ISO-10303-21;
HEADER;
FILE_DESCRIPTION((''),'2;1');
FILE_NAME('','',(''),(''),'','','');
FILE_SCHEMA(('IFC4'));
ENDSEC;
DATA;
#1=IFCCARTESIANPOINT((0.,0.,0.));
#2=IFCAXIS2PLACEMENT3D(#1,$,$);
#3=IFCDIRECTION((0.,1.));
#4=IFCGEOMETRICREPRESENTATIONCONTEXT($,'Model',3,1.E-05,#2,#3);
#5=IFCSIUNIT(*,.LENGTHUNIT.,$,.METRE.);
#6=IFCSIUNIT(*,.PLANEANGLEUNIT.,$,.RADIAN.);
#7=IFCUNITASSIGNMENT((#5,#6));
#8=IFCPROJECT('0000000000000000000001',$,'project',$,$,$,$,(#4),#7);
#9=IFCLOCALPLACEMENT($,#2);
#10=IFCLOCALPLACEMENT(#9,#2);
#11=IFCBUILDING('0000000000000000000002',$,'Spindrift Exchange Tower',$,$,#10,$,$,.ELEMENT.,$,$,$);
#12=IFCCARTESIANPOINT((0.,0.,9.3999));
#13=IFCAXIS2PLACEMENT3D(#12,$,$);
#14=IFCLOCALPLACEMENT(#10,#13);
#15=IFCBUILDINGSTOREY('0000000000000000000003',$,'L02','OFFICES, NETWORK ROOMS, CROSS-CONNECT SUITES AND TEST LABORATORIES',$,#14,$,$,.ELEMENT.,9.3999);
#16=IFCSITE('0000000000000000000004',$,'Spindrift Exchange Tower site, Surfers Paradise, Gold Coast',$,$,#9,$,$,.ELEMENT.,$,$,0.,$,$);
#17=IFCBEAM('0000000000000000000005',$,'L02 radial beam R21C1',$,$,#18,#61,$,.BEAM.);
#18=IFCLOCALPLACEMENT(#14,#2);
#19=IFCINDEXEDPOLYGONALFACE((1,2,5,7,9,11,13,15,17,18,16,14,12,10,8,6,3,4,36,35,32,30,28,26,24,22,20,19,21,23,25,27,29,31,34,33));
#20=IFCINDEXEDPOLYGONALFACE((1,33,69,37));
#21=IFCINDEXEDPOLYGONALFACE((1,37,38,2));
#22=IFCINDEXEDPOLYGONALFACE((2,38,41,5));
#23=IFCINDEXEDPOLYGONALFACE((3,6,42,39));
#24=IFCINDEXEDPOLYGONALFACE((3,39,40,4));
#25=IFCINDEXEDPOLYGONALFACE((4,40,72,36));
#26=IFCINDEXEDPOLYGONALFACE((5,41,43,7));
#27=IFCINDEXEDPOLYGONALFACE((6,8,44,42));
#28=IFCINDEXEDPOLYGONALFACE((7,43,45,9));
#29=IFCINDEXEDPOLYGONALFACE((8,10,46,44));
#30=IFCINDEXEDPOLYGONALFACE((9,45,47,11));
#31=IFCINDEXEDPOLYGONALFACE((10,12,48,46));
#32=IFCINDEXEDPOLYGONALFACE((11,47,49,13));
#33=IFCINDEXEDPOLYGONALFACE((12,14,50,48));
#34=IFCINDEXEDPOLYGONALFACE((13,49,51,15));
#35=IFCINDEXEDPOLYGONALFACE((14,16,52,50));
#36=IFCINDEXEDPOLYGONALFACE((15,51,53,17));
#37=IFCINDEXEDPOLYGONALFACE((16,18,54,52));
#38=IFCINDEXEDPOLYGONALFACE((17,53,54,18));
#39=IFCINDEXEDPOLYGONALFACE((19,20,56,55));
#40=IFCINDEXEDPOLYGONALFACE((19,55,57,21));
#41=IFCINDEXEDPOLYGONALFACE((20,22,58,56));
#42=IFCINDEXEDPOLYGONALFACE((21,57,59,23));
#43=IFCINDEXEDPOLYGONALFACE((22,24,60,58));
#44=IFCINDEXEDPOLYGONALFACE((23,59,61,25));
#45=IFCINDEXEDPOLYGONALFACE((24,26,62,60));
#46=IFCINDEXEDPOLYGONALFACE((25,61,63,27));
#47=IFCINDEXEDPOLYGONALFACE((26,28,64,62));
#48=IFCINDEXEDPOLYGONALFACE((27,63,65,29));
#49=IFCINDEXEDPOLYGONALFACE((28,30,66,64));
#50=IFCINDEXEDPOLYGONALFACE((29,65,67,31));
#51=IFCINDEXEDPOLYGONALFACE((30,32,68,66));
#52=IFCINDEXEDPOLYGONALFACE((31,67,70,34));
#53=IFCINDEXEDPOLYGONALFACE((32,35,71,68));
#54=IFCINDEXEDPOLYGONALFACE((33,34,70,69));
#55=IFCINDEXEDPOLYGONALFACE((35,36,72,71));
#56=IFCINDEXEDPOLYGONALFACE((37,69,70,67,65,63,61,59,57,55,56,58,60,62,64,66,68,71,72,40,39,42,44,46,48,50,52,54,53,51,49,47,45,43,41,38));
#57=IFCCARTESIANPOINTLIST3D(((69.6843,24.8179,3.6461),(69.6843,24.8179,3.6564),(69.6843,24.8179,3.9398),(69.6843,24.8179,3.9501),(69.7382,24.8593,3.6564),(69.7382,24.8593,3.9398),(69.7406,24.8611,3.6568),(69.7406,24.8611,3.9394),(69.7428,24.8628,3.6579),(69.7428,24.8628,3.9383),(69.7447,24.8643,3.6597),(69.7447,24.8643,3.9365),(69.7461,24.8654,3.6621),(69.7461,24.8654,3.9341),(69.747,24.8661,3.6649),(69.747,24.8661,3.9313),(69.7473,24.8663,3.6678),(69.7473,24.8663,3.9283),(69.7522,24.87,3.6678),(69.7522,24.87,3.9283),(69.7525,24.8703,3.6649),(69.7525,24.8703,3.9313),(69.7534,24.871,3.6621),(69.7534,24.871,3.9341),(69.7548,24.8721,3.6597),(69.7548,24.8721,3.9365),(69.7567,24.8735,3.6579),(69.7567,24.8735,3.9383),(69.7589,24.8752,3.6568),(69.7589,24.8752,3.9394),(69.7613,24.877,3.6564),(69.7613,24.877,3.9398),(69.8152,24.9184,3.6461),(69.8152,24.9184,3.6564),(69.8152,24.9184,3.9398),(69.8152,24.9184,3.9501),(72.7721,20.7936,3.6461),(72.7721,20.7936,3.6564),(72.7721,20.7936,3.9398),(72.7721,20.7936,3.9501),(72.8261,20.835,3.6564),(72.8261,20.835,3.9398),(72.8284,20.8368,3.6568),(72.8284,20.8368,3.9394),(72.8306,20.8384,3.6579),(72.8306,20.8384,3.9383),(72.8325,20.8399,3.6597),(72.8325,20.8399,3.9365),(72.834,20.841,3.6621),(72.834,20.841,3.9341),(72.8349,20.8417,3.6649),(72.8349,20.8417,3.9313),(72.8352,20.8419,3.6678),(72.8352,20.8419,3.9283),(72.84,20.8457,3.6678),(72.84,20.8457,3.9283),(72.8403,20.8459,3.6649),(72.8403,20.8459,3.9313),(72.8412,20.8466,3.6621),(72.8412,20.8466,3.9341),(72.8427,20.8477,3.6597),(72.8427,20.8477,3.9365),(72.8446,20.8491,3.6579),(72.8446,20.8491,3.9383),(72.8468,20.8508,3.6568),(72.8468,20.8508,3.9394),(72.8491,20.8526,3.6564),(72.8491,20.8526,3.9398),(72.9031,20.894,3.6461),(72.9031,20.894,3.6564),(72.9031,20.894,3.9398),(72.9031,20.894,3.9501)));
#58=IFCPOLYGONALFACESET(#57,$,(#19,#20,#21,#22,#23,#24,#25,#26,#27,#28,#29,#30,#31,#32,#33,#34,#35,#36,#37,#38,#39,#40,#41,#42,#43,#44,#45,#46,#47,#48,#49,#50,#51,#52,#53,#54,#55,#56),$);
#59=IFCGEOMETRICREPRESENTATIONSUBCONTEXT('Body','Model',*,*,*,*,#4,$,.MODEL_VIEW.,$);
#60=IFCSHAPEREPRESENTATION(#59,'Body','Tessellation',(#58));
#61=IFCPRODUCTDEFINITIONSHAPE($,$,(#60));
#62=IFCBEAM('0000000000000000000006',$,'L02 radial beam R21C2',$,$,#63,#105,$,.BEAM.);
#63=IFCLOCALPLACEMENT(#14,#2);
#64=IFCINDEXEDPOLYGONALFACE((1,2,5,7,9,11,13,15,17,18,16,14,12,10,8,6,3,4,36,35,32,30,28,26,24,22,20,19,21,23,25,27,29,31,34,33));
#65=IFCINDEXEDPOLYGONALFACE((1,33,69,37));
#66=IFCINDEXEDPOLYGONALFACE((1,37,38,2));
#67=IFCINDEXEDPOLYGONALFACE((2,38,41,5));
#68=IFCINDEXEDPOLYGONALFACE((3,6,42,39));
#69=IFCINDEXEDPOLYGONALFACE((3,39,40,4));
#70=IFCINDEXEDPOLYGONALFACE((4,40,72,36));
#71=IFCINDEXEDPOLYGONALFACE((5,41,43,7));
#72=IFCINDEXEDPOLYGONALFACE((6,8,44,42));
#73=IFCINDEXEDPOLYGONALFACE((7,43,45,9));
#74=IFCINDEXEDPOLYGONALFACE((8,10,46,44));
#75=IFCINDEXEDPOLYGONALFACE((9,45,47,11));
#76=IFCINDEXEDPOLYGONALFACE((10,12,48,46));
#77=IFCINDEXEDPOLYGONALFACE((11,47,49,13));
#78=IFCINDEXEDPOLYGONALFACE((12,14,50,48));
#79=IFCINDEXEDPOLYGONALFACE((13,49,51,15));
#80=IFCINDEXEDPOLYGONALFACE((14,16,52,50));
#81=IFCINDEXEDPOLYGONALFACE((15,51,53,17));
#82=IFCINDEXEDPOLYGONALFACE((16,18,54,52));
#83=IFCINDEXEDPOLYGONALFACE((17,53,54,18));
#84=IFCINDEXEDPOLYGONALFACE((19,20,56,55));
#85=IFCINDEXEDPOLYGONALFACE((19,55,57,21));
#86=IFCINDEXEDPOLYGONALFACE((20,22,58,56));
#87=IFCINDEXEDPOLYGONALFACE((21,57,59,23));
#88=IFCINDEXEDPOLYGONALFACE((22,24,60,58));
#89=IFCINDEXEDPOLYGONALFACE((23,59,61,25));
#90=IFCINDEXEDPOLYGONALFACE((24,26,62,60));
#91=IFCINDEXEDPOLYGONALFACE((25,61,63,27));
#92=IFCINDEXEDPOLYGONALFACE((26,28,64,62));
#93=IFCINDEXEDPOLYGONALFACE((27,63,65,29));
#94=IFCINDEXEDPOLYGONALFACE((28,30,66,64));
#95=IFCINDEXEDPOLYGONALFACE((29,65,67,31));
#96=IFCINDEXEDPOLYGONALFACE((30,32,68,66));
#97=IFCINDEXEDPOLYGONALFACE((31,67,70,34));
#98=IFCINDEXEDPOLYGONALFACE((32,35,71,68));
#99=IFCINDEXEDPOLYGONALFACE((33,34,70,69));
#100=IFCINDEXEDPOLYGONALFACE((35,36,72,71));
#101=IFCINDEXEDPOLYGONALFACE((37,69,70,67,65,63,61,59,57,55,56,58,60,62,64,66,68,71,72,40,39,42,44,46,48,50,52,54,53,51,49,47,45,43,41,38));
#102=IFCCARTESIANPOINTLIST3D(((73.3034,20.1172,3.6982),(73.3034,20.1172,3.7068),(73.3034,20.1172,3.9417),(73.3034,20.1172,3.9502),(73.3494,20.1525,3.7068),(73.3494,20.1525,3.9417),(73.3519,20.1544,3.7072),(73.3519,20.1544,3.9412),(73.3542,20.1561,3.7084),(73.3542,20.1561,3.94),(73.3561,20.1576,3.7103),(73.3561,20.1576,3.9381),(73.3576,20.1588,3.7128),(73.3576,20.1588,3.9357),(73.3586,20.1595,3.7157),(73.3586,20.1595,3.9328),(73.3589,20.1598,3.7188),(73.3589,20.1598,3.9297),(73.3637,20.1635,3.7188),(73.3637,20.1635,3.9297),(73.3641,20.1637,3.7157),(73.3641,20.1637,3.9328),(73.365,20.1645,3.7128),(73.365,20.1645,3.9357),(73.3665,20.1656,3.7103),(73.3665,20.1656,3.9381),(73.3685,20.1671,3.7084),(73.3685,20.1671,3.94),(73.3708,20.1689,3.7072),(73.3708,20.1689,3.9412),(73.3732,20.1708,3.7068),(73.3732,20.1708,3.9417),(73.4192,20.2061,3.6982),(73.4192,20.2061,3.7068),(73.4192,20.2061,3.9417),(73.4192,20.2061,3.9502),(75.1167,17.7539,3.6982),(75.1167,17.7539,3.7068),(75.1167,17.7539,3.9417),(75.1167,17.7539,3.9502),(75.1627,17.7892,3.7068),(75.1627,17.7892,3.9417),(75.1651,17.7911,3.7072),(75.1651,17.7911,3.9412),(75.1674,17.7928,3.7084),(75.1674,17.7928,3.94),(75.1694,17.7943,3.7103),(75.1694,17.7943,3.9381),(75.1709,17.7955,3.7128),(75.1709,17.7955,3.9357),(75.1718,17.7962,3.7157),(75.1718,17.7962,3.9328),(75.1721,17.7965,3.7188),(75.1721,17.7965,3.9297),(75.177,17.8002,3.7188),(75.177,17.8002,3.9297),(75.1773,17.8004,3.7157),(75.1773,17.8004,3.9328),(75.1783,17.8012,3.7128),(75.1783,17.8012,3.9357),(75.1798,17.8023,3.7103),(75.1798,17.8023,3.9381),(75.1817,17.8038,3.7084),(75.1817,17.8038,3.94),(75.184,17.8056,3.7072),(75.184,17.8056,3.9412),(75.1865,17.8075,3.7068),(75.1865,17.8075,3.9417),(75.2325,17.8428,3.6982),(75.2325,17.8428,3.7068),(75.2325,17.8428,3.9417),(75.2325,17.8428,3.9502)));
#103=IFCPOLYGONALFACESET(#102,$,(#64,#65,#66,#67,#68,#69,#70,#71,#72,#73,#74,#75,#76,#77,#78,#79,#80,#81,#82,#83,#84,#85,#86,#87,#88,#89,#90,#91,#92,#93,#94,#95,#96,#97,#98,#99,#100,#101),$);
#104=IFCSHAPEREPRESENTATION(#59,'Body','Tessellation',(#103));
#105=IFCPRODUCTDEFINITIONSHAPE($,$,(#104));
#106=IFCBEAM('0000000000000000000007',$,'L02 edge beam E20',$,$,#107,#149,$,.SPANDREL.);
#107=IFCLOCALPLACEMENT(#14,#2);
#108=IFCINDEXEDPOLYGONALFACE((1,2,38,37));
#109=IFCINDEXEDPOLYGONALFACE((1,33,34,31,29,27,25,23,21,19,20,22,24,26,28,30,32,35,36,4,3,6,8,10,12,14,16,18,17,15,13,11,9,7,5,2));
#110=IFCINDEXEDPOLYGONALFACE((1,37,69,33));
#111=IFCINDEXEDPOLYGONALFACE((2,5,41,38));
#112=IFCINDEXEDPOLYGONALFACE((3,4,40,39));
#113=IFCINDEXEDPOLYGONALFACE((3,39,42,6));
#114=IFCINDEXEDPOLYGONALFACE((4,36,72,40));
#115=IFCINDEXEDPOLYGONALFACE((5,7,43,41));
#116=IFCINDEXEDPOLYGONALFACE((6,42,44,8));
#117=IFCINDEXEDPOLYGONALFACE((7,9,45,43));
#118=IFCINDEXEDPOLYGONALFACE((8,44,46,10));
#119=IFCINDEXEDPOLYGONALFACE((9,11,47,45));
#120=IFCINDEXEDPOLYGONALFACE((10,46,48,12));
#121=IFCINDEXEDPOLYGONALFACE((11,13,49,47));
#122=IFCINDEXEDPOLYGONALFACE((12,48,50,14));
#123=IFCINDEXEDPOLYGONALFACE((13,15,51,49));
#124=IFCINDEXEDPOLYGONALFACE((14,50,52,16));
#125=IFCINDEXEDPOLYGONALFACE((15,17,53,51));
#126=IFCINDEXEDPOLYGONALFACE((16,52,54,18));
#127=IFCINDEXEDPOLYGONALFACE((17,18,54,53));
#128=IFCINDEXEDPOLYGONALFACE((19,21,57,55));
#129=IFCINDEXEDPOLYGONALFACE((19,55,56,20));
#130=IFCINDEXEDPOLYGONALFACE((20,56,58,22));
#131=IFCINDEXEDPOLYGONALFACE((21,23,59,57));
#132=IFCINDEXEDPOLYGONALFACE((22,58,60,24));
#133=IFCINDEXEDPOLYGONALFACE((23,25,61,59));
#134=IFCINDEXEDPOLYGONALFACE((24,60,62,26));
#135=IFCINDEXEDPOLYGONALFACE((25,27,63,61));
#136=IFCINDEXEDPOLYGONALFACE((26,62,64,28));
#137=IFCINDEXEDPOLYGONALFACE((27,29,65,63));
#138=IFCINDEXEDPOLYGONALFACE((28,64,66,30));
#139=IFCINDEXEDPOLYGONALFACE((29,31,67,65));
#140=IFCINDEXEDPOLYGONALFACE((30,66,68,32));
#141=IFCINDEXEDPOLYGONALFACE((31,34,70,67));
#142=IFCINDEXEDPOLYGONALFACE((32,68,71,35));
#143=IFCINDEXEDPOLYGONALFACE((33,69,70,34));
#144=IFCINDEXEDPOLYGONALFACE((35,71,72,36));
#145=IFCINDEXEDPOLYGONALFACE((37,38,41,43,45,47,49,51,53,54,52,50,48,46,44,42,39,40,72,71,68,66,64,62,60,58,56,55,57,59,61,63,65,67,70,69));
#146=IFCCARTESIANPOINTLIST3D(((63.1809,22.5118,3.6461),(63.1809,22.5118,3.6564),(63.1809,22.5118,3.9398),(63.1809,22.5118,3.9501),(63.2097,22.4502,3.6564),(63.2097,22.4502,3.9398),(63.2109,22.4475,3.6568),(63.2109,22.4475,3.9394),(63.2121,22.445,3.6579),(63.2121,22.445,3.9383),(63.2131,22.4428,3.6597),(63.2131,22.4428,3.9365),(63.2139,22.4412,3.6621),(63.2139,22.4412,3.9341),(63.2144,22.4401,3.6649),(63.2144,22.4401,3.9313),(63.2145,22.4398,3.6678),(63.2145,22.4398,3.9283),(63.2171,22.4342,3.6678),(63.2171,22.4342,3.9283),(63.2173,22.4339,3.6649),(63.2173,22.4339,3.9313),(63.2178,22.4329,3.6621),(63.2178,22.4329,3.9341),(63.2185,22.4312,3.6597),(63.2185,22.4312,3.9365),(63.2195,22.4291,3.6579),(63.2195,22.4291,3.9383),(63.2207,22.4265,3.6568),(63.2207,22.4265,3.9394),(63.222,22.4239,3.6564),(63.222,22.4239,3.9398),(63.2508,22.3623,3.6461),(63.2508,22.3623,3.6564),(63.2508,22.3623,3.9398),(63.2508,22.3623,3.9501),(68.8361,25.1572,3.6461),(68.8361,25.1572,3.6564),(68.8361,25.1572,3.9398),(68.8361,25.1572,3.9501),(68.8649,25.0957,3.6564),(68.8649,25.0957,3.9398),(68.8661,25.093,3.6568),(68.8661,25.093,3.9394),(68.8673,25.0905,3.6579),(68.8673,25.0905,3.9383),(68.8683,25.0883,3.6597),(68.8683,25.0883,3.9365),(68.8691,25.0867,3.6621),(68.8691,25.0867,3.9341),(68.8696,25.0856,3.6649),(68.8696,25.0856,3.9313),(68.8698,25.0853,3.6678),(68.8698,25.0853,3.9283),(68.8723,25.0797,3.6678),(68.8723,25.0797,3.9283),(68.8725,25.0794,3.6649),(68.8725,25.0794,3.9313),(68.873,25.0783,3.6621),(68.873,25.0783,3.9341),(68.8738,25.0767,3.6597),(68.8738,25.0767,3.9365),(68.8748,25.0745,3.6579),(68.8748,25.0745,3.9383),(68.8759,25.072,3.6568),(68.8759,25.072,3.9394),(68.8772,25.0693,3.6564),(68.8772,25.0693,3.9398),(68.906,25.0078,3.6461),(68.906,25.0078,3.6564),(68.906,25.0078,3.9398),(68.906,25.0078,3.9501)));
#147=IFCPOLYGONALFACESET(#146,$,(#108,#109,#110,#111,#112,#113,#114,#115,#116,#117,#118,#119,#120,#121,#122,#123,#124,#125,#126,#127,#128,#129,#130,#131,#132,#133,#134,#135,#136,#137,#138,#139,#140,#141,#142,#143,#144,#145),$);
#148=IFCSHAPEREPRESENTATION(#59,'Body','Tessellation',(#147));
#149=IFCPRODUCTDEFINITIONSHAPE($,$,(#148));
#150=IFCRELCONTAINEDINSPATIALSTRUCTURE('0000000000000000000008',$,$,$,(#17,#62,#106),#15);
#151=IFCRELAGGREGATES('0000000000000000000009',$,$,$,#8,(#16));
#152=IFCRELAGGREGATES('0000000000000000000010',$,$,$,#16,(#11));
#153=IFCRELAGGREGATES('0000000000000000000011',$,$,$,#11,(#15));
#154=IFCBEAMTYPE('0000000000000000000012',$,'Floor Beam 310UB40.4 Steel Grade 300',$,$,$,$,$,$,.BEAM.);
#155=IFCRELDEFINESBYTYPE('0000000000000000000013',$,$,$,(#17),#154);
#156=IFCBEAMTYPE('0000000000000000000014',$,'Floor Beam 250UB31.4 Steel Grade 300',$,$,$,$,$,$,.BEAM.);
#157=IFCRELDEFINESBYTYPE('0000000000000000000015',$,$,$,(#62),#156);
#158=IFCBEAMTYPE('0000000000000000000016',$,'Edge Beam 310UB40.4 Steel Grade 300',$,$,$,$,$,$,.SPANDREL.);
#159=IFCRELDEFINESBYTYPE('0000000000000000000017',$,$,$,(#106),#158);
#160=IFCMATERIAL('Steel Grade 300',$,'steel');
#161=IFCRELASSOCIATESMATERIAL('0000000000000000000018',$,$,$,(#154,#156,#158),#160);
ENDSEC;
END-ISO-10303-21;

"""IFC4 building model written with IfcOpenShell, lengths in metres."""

from ifc_helpers import new_model, si_unit, direction, frame, origin, origin_2d, place, context, subcontext, project, spatial, i_section, extrude, source, transform, mapped, material, material_profile, profile_set, type_object, element, save


model = new_model("IFC4")

# Units and contexts
model_context = context("Model", 3, precision=1e-05, world=origin(), true_north=direction((0.0, 1.0)))
body_context = subcontext(model_context, "Body", "Model", "MODEL_VIEW")
ifc_project = project(units=[si_unit("LENGTHUNIT", "METRE"), si_unit("PLANEANGLEUNIT", "RADIAN")], contexts=[model_context])

# Site, building, storey
site_placement = place(None, origin())
site = spatial("IfcSite", under=ifc_project, at=site_placement, Name="Spindrift Exchange Tower site, Surfers Paradise, Gold Coast", CompositionType="ELEMENT", RefElevation=0.0)
building_placement = place(site_placement, origin())
building = spatial("IfcBuilding", under=site, at=building_placement, Name="Spindrift Exchange Tower", CompositionType="ELEMENT")
storey_placement = place(building_placement, frame((0.0, 0.0, 9.3999)))
storey = spatial("IfcBuildingStorey", under=building, at=storey_placement, Name="L02", Description="OFFICES, NETWORK ROOMS, CROSS-CONNECT SUITES AND TEST LABORATORIES", CompositionType="ELEMENT", Elevation=9.3999)

# Beams
ifc_material_1 = material(Name="Steel Grade 300", Category="steel")
ifc_material_profile_1 = material_profile(ifc_material_1, i_section(OverallWidth=0.165, OverallDepth=0.304, WebThickness=0.0061, FlangeThickness=0.0103, FilletRadius=0.0115, at=origin_2d()), Name="310UB40.4")
ifc_profile_set_1 = profile_set([ifc_material_profile_1], Name="Steel Grade 300")
beam_type_1 = type_object("IfcBeamType", Name="Floor Beam 310UB40.4 Steel Grade 300", PredefinedType="BEAM", material=ifc_profile_set_1)
shared_shape_1 = source(origin(), body_context, "Body", "SweptSolid", [
    extrude(i_section(OverallWidth=0.165, OverallDepth=0.304, WebThickness=0.0061, FlangeThickness=0.0103, FilletRadius=0.0115, at=origin_2d()), origin(), (0.0, 0.0, 1.0), 5.0725),
])
beam_1_placement = place(storey_placement, frame((69.7498, 24.8682, 3.7981), z_axis=(0.608743, -0.793368, 0.0), x_axis=(0.793368, 0.608743, 0.0)))
element("IfcBeam", 1, at=beam_1_placement, inside=storey, type_object=beam_type_1, Name="L02 radial beam R21C1", PredefinedType="BEAM", context=body_context, shape_type="MappedRepresentation", body=[
    mapped(shared_shape_1, transform((0.0, 0.0, 0.0), scale=1.0)),
])
ifc_material_profile_2 = material_profile(ifc_material_1, i_section(OverallWidth=0.146, OverallDepth=0.252, WebThickness=0.0061, FlangeThickness=0.0085, FilletRadius=0.012, at=origin_2d()), Name="250UB31.4")
ifc_profile_set_2 = profile_set([ifc_material_profile_2], Name="Steel Grade 300")
beam_type_2 = type_object("IfcBeamType", Name="Floor Beam 250UB31.4 Steel Grade 300", PredefinedType="BEAM", material=ifc_profile_set_2)
shared_shape_2 = source(origin(), body_context, "Body", "SweptSolid", [
    extrude(i_section(OverallWidth=0.146, OverallDepth=0.252, WebThickness=0.0061, FlangeThickness=0.0085, FilletRadius=0.012, at=origin_2d()), origin(), (0.0, 0.0, 1.0), 2.9788),
])
beam_2_placement = place(storey_placement, frame((73.3613, 20.1616, 3.8242), z_axis=(0.608724, -0.793382, 0.0), x_axis=(0.793382, 0.608724, 0.0)))
element("IfcBeam", 2, at=beam_2_placement, inside=storey, type_object=beam_type_2, Name="L02 radial beam R21C2", PredefinedType="BEAM", context=body_context, shape_type="MappedRepresentation", body=[
    mapped(shared_shape_2, transform((0.0, 0.0, 0.0), scale=1.0)),
])
ifc_material_profile_3 = material_profile(ifc_material_1, i_section(OverallWidth=0.165, OverallDepth=0.304, WebThickness=0.0061, FlangeThickness=0.0103, FilletRadius=0.0115, at=origin_2d()), Name="310UB40.4")
ifc_profile_set_3 = profile_set([ifc_material_profile_3], Name="Steel Grade 300")
beam_type_3 = type_object("IfcBeamType", Name="Edge Beam 310UB40.4 Steel Grade 300", PredefinedType="SPANDREL", material=ifc_profile_set_3)
shared_shape_3 = source(origin(), body_context, "Body", "SweptSolid", [
    extrude(i_section(OverallWidth=0.165, OverallDepth=0.304, WebThickness=0.0061, FlangeThickness=0.0103, FilletRadius=0.0115, at=origin_2d()), origin(), (0.0, 0.0, 1.0), 6.2434),
])
beam_3_placement = place(storey_placement, frame((63.2158, 22.437, 3.7981), z_axis=(0.905791, 0.423724, 0.0), x_axis=(-0.423724, 0.905791, 0.0)))
element("IfcBeam", 3, at=beam_3_placement, inside=storey, type_object=beam_type_3, Name="L02 edge beam E20", PredefinedType="SPANDREL", context=body_context, shape_type="MappedRepresentation", body=[
    mapped(shared_shape_3, transform((0.0, 0.0, 0.0), scale=1.0)),
])

save(model, "model.ifc")
